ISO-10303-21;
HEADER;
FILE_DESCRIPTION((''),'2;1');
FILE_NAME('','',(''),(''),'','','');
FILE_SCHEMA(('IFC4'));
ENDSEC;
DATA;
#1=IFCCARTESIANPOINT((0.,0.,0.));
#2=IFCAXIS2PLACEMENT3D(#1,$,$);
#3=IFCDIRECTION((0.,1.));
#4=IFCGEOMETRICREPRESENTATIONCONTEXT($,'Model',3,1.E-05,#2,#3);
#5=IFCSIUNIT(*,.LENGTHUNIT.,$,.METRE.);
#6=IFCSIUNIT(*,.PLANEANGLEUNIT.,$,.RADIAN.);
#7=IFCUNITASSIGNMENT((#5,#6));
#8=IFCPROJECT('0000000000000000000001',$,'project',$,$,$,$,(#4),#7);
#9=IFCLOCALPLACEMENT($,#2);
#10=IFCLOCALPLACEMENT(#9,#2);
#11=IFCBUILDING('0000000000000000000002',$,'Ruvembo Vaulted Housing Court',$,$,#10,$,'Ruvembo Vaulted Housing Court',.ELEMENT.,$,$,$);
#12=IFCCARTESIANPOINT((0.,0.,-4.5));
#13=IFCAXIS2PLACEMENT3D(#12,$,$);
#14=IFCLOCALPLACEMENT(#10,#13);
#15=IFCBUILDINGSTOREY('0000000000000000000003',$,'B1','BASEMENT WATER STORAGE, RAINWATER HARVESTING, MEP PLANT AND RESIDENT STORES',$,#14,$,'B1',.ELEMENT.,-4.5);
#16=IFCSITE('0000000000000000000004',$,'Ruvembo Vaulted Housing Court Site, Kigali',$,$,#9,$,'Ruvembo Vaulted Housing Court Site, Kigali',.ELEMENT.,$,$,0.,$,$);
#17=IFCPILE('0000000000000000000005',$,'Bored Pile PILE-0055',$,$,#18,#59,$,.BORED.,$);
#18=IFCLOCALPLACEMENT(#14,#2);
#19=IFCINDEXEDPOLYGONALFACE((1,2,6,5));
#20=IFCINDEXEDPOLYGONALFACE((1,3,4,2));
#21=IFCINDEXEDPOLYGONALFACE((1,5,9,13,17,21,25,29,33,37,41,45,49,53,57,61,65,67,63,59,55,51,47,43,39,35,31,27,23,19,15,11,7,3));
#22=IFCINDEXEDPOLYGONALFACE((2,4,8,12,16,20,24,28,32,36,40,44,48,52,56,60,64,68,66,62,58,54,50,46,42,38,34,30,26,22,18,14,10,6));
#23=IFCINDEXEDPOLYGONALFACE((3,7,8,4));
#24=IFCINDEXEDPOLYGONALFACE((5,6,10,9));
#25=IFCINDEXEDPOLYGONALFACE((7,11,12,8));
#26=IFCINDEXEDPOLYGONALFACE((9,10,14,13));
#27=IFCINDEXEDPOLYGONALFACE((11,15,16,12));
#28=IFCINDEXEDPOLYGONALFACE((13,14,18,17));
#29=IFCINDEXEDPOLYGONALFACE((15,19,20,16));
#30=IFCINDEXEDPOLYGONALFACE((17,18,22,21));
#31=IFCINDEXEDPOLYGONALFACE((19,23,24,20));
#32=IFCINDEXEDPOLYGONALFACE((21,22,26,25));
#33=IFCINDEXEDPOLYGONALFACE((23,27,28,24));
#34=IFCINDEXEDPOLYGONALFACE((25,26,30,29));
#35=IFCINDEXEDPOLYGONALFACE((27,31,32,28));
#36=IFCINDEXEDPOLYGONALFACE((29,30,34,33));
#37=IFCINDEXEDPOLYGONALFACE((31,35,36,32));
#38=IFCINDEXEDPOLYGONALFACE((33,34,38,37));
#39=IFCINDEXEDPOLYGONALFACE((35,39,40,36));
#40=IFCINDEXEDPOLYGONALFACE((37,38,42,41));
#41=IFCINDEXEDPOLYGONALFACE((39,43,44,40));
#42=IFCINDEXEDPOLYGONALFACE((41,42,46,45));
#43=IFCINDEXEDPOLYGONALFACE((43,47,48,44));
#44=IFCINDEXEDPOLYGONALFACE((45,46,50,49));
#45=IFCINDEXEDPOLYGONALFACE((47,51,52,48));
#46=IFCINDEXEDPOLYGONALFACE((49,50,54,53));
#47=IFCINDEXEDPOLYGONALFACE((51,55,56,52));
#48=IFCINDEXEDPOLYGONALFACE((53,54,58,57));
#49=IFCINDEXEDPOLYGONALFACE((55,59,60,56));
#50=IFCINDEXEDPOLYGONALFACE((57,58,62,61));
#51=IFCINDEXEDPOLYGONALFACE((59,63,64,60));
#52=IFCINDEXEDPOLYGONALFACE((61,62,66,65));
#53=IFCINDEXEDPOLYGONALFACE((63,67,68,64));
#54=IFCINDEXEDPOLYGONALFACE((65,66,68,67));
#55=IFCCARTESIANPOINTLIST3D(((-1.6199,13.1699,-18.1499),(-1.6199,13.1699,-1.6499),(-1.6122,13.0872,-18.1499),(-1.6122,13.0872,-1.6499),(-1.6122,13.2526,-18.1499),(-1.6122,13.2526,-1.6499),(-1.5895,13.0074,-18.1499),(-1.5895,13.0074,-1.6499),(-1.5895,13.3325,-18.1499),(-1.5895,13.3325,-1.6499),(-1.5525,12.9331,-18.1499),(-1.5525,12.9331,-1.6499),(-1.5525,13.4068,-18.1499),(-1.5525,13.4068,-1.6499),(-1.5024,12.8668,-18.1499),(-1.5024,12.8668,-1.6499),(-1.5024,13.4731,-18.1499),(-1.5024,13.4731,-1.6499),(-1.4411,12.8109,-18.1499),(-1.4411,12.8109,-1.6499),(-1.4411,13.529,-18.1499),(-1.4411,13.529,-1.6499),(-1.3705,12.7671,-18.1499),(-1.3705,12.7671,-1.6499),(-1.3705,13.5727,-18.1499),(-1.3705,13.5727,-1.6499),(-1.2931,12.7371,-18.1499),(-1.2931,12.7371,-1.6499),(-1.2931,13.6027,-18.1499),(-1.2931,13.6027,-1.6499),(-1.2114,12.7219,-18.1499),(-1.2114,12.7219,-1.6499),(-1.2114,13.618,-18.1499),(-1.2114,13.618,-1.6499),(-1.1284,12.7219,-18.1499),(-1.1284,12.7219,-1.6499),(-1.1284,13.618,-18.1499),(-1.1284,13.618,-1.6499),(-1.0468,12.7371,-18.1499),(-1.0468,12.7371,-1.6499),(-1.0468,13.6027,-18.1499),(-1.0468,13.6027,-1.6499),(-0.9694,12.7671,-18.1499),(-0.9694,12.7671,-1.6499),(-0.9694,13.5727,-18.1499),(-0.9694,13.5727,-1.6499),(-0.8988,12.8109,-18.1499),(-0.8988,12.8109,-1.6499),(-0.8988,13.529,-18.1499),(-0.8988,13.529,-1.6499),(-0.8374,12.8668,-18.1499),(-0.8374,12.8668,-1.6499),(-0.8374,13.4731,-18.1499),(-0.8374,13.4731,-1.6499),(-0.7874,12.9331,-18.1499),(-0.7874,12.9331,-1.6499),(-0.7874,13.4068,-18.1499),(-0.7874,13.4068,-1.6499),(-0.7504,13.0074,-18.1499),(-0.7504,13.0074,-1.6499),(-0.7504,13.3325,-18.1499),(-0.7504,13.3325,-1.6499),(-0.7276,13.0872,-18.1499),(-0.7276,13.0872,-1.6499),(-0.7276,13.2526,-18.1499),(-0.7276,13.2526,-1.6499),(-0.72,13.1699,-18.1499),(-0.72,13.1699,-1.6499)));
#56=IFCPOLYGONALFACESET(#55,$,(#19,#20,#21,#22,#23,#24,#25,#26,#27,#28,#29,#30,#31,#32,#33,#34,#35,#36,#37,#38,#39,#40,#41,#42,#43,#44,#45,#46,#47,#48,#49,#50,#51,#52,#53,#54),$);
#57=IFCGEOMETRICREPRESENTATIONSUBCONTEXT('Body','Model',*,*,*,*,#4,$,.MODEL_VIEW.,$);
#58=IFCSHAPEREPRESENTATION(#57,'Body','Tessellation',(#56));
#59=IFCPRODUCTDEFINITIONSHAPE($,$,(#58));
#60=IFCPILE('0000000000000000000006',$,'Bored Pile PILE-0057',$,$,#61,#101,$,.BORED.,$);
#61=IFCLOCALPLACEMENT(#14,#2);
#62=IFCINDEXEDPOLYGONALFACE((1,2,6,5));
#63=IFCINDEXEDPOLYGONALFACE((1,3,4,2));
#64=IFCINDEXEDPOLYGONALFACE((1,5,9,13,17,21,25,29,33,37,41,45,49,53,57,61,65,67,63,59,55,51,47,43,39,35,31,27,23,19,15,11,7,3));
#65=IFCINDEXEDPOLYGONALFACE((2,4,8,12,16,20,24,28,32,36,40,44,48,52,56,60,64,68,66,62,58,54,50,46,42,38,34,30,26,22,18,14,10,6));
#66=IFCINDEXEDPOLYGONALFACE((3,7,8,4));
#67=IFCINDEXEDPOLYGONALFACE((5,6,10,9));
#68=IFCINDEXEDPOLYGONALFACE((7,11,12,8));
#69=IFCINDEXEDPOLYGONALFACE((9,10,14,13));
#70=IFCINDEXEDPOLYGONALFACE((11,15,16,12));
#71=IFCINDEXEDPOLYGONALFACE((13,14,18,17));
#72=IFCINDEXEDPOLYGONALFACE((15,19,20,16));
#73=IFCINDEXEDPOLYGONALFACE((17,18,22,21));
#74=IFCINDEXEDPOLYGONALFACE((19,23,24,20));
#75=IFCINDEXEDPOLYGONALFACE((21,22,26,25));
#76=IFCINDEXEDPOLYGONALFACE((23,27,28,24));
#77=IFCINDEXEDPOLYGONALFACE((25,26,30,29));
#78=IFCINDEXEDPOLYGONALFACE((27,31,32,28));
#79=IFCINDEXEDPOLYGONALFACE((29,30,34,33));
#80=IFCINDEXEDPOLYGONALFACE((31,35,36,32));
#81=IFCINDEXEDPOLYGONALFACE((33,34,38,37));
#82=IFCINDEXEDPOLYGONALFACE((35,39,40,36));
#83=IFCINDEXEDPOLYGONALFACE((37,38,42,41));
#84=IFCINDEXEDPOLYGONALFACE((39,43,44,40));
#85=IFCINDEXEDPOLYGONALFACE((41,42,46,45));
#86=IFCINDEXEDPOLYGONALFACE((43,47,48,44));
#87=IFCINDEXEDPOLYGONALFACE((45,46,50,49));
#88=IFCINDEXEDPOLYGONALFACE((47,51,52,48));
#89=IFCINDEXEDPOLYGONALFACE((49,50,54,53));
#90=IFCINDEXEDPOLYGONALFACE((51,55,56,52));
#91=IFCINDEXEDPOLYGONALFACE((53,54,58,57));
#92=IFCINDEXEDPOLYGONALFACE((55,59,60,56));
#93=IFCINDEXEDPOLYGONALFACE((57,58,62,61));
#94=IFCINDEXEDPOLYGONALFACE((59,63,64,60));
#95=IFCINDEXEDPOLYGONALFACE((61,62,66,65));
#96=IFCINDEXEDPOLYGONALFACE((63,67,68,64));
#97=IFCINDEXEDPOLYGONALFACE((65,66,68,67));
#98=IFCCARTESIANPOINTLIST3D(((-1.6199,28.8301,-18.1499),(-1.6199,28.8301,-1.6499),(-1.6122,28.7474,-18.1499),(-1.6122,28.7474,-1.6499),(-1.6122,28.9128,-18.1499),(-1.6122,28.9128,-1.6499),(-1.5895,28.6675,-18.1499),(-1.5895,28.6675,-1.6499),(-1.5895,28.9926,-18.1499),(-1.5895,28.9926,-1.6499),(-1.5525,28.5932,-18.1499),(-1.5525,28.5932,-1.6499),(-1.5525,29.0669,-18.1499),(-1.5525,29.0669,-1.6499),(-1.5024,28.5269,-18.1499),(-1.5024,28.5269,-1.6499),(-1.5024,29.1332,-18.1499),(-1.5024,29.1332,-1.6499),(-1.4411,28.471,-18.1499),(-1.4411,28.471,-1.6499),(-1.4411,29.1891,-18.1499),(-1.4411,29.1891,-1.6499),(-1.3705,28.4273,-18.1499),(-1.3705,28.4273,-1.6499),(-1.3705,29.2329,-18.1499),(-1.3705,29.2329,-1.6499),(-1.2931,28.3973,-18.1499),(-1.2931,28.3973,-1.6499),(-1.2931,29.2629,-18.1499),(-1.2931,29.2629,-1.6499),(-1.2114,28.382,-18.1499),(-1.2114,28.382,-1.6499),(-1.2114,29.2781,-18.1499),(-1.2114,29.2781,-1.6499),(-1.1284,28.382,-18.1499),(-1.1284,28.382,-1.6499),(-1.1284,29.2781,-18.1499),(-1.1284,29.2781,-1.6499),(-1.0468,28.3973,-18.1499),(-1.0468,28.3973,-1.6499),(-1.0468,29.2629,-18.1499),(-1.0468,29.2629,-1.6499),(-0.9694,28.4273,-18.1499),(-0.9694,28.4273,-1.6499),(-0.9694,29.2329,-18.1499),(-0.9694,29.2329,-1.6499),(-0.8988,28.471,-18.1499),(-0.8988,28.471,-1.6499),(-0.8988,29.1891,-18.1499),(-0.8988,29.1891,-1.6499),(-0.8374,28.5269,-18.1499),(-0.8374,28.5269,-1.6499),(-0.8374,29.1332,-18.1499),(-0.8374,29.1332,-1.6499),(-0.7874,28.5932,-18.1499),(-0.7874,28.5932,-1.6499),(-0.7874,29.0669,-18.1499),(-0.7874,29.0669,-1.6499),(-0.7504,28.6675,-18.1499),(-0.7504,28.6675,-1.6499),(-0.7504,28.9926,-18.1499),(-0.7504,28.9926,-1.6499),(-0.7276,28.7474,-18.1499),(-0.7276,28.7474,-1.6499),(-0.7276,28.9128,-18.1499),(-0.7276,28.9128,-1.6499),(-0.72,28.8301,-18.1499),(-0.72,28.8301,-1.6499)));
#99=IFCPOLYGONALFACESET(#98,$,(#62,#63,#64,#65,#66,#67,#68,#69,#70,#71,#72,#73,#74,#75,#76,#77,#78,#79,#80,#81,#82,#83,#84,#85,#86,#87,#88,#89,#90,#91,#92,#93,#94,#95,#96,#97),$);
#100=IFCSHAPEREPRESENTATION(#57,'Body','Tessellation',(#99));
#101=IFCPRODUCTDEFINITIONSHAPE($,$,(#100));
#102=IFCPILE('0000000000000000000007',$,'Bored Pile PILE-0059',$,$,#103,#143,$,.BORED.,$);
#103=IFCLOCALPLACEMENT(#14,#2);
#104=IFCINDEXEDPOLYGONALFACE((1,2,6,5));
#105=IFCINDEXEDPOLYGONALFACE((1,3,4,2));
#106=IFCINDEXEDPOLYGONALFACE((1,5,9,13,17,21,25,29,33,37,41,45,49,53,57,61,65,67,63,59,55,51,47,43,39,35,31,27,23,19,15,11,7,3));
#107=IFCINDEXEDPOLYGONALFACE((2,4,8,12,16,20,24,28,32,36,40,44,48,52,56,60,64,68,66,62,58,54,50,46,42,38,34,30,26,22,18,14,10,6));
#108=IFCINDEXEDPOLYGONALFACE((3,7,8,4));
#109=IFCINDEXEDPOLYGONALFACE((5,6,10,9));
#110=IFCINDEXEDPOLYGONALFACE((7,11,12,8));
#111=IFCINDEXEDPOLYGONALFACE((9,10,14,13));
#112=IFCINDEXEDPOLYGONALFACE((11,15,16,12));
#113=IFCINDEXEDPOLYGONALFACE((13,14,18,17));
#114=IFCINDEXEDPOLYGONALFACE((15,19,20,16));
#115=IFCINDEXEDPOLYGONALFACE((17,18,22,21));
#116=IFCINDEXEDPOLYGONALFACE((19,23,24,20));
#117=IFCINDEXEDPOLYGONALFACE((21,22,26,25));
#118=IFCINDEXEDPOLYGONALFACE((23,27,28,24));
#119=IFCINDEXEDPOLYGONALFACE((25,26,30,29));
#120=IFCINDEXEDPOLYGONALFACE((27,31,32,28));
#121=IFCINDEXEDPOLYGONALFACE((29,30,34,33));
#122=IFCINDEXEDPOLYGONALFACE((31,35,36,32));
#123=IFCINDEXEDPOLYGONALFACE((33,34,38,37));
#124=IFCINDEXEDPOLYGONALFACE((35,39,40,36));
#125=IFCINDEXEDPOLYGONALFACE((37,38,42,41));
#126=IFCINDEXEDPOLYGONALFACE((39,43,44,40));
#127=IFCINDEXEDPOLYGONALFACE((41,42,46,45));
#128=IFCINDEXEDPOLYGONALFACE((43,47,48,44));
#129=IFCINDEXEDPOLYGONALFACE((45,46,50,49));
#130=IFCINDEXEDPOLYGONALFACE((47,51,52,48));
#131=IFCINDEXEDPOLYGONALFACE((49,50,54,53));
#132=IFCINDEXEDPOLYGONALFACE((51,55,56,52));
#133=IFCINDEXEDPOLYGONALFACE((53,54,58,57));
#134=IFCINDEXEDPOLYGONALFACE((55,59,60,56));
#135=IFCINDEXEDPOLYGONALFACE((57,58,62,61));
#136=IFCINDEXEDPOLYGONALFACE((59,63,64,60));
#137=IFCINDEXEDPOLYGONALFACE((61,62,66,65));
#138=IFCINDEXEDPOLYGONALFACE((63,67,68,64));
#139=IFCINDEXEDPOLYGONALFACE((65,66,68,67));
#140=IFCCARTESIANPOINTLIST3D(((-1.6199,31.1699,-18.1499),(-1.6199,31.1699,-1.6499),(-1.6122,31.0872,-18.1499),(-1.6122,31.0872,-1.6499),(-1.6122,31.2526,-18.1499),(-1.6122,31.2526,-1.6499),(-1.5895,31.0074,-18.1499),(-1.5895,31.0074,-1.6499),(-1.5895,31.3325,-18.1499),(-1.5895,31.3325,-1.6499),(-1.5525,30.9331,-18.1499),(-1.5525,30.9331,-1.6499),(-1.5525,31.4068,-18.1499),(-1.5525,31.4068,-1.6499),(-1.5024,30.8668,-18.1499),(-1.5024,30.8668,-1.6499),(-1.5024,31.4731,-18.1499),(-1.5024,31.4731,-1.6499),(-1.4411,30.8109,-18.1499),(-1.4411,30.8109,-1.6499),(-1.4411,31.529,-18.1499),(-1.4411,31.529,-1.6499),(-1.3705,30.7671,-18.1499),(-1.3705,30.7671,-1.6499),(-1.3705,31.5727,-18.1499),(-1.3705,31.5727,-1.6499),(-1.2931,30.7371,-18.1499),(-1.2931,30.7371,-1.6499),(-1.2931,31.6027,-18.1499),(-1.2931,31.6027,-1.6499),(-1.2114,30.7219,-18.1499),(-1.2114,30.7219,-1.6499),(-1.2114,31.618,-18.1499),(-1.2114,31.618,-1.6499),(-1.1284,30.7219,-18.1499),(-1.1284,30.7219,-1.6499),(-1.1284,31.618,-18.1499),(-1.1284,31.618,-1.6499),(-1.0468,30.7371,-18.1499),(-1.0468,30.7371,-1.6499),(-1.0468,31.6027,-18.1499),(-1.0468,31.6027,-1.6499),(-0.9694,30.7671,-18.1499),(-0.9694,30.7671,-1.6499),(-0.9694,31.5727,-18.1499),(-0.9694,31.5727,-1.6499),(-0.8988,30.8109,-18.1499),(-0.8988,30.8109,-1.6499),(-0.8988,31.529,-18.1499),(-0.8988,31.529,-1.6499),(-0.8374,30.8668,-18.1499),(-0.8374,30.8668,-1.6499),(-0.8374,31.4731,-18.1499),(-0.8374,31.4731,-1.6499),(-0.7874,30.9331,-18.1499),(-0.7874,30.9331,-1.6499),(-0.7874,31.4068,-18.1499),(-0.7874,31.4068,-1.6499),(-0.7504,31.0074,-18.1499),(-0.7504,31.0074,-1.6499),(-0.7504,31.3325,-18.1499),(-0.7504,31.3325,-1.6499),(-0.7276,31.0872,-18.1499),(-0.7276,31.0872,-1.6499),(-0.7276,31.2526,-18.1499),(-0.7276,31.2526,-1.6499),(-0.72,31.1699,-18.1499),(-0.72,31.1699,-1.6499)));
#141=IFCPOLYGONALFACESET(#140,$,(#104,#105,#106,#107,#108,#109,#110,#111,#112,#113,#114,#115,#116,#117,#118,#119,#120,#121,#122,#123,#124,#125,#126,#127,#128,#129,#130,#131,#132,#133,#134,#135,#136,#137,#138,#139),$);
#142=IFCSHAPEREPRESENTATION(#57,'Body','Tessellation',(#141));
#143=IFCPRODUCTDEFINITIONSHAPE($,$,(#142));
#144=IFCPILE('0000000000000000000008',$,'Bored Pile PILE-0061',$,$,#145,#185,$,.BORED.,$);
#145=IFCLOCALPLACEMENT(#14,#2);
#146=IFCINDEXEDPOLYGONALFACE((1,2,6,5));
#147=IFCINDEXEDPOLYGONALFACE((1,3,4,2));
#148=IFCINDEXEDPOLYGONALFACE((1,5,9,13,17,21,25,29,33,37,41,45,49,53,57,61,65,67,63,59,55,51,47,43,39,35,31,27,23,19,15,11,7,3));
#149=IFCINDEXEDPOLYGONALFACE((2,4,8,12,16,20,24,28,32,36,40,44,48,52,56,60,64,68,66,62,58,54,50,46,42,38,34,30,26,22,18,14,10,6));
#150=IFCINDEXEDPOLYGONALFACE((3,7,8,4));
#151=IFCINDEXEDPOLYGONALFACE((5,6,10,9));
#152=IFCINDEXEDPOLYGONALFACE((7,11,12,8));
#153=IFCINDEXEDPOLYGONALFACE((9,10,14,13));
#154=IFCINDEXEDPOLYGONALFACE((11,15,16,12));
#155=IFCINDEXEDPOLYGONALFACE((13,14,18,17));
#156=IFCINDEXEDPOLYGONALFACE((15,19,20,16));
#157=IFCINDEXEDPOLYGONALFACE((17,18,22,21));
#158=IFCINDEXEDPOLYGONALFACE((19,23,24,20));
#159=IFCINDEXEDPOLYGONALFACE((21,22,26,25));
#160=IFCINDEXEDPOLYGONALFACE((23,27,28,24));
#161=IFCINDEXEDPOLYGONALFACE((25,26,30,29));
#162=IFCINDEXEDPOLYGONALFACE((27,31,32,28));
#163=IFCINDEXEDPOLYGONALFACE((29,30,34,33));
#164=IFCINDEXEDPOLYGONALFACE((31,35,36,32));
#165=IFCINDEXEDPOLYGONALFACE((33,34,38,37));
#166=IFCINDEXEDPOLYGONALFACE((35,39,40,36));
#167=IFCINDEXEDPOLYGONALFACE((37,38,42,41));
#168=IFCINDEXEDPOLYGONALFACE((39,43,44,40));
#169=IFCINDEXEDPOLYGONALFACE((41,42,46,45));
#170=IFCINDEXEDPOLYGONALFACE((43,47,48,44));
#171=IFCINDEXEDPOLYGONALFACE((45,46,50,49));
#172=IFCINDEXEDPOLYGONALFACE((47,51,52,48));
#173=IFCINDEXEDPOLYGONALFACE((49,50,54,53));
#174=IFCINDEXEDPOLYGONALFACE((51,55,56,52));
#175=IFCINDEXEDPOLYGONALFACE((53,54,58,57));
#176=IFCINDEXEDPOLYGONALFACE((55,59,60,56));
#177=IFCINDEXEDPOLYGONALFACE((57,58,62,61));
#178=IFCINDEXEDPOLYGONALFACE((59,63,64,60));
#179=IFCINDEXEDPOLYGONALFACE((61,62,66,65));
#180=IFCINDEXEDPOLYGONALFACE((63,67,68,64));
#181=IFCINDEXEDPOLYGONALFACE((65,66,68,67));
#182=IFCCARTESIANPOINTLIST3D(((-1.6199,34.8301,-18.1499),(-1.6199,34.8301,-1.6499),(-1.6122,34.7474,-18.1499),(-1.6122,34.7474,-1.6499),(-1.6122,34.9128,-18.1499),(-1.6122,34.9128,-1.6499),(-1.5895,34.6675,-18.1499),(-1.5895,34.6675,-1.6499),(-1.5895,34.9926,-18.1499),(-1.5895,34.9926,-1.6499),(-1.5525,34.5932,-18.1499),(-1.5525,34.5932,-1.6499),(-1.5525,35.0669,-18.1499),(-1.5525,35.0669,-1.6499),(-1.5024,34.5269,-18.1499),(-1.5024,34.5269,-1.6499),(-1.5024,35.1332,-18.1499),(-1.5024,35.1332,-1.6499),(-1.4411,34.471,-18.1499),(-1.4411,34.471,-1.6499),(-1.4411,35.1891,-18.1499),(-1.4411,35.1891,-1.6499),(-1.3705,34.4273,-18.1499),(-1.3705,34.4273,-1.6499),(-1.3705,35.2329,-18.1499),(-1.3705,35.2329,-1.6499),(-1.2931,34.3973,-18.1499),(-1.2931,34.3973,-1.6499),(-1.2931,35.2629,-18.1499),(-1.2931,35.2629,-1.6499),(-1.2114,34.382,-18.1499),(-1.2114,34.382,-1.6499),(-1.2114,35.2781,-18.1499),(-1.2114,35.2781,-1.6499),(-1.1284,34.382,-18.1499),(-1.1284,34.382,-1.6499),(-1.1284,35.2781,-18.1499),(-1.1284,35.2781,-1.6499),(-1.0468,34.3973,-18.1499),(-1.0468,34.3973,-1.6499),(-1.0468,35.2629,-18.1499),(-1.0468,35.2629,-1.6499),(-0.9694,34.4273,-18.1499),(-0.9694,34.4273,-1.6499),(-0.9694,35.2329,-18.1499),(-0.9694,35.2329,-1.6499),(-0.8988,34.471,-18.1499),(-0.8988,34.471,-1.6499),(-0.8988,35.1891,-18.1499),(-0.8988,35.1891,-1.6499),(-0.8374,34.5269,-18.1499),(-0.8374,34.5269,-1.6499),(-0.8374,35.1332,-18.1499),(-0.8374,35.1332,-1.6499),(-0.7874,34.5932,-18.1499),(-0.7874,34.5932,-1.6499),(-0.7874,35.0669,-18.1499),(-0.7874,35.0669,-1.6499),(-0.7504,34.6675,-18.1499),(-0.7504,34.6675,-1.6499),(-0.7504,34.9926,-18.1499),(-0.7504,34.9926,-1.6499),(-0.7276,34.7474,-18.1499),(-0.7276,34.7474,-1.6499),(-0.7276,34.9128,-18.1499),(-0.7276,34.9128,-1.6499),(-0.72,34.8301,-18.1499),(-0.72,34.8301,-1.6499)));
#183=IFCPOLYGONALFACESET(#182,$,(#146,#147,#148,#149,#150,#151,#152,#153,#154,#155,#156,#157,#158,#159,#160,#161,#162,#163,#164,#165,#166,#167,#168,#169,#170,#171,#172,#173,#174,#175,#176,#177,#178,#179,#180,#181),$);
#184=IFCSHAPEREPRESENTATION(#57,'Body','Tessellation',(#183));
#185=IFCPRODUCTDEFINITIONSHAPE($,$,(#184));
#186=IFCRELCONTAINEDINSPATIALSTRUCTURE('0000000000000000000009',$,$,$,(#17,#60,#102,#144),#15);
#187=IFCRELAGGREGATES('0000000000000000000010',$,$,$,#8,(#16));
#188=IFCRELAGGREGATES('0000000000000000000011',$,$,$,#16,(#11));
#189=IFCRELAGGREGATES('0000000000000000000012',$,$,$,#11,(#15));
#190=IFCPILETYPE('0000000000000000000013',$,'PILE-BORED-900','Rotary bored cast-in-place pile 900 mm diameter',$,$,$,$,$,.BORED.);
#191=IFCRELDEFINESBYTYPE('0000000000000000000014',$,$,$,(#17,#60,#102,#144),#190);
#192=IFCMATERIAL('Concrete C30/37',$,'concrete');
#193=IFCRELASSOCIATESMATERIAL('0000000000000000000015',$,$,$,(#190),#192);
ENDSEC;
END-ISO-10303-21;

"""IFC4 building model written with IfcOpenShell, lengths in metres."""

from ifc_helpers import new_model, si_unit, direction, frame, origin, origin_2d, place, context, subcontext, project, spatial, circle, extrude, material, material_profile, profile_set, type_object, element, save


model = new_model("IFC4")

# Units and contexts
model_context = context("Model", 3, precision=1e-05, world=origin(), true_north=direction((0.0, 1.0)))
body_context = subcontext(model_context, "Body", "Model", "MODEL_VIEW")
ifc_project = project(units=[si_unit("LENGTHUNIT", "METRE"), si_unit("PLANEANGLEUNIT", "RADIAN")], contexts=[model_context])

# Site, building, storey
site_placement = place(None, origin())
site = spatial("IfcSite", under=ifc_project, at=site_placement, Name="Ruvembo Vaulted Housing Court Site, Kigali", LongName="Ruvembo Vaulted Housing Court Site, Kigali", CompositionType="ELEMENT", RefElevation=0.0)
building_placement = place(site_placement, origin())
building = spatial("IfcBuilding", under=site, at=building_placement, Name="Ruvembo Vaulted Housing Court", LongName="Ruvembo Vaulted Housing Court", CompositionType="ELEMENT")
storey_placement = place(building_placement, frame((0.0, 0.0, -4.5)))
storey = spatial("IfcBuildingStorey", under=building, at=storey_placement, Name="B1", Description="BASEMENT WATER STORAGE, RAINWATER HARVESTING, MEP PLANT AND RESIDENT STORES", LongName="B1", CompositionType="ELEMENT", Elevation=-4.5)

# Piles
ifc_material_1 = material(Name="Concrete C30/37", Category="concrete")
ifc_material_profile_1 = material_profile(ifc_material_1, circle(Radius=0.45, at=origin_2d()), Name="PILE D900")
ifc_profile_set_1 = profile_set([ifc_material_profile_1], Name="Concrete C30/37")
pile_type_1 = type_object("IfcPileType", Name="PILE-BORED-900", Description="Rotary bored cast-in-place pile 900 mm diameter", PredefinedType="BORED", material=ifc_profile_set_1)
for number, where, z_axis, x_axis, name in (
    (1, (-1.1699, 13.1699, -1.6499), (0.0, 0.0, -1.0), (1.0, 0.0, 0.0), "Bored Pile PILE-0055"),
    (2, (-1.1699, 28.8301, -1.6499), (0.0, 0.0, -1.0), (1.0, 0.0, 0.0), "Bored Pile PILE-0057"),
    (3, (-1.1699, 31.1699, -1.6499), (0.0, 0.0, -1.0), (1.0, 0.0, 0.0), "Bored Pile PILE-0059"),
    (4, (-1.1699, 34.8301, -1.6499), (0.0, 0.0, -1.0), (1.0, 0.0, 0.0), "Bored Pile PILE-0061"),
):
    element("IfcPile", number, at=place(storey_placement, frame(where, z_axis=z_axis, x_axis=x_axis)), inside=storey, type_object=pile_type_1, Name=name, PredefinedType="BORED", context=body_context, shape_type="SweptSolid", body=[
        extrude(circle(Radius=0.45, at=origin_2d()), origin(), (0.0, 0.0, 1.0), 16.5),
    ])

save(model, "model.ifc")
